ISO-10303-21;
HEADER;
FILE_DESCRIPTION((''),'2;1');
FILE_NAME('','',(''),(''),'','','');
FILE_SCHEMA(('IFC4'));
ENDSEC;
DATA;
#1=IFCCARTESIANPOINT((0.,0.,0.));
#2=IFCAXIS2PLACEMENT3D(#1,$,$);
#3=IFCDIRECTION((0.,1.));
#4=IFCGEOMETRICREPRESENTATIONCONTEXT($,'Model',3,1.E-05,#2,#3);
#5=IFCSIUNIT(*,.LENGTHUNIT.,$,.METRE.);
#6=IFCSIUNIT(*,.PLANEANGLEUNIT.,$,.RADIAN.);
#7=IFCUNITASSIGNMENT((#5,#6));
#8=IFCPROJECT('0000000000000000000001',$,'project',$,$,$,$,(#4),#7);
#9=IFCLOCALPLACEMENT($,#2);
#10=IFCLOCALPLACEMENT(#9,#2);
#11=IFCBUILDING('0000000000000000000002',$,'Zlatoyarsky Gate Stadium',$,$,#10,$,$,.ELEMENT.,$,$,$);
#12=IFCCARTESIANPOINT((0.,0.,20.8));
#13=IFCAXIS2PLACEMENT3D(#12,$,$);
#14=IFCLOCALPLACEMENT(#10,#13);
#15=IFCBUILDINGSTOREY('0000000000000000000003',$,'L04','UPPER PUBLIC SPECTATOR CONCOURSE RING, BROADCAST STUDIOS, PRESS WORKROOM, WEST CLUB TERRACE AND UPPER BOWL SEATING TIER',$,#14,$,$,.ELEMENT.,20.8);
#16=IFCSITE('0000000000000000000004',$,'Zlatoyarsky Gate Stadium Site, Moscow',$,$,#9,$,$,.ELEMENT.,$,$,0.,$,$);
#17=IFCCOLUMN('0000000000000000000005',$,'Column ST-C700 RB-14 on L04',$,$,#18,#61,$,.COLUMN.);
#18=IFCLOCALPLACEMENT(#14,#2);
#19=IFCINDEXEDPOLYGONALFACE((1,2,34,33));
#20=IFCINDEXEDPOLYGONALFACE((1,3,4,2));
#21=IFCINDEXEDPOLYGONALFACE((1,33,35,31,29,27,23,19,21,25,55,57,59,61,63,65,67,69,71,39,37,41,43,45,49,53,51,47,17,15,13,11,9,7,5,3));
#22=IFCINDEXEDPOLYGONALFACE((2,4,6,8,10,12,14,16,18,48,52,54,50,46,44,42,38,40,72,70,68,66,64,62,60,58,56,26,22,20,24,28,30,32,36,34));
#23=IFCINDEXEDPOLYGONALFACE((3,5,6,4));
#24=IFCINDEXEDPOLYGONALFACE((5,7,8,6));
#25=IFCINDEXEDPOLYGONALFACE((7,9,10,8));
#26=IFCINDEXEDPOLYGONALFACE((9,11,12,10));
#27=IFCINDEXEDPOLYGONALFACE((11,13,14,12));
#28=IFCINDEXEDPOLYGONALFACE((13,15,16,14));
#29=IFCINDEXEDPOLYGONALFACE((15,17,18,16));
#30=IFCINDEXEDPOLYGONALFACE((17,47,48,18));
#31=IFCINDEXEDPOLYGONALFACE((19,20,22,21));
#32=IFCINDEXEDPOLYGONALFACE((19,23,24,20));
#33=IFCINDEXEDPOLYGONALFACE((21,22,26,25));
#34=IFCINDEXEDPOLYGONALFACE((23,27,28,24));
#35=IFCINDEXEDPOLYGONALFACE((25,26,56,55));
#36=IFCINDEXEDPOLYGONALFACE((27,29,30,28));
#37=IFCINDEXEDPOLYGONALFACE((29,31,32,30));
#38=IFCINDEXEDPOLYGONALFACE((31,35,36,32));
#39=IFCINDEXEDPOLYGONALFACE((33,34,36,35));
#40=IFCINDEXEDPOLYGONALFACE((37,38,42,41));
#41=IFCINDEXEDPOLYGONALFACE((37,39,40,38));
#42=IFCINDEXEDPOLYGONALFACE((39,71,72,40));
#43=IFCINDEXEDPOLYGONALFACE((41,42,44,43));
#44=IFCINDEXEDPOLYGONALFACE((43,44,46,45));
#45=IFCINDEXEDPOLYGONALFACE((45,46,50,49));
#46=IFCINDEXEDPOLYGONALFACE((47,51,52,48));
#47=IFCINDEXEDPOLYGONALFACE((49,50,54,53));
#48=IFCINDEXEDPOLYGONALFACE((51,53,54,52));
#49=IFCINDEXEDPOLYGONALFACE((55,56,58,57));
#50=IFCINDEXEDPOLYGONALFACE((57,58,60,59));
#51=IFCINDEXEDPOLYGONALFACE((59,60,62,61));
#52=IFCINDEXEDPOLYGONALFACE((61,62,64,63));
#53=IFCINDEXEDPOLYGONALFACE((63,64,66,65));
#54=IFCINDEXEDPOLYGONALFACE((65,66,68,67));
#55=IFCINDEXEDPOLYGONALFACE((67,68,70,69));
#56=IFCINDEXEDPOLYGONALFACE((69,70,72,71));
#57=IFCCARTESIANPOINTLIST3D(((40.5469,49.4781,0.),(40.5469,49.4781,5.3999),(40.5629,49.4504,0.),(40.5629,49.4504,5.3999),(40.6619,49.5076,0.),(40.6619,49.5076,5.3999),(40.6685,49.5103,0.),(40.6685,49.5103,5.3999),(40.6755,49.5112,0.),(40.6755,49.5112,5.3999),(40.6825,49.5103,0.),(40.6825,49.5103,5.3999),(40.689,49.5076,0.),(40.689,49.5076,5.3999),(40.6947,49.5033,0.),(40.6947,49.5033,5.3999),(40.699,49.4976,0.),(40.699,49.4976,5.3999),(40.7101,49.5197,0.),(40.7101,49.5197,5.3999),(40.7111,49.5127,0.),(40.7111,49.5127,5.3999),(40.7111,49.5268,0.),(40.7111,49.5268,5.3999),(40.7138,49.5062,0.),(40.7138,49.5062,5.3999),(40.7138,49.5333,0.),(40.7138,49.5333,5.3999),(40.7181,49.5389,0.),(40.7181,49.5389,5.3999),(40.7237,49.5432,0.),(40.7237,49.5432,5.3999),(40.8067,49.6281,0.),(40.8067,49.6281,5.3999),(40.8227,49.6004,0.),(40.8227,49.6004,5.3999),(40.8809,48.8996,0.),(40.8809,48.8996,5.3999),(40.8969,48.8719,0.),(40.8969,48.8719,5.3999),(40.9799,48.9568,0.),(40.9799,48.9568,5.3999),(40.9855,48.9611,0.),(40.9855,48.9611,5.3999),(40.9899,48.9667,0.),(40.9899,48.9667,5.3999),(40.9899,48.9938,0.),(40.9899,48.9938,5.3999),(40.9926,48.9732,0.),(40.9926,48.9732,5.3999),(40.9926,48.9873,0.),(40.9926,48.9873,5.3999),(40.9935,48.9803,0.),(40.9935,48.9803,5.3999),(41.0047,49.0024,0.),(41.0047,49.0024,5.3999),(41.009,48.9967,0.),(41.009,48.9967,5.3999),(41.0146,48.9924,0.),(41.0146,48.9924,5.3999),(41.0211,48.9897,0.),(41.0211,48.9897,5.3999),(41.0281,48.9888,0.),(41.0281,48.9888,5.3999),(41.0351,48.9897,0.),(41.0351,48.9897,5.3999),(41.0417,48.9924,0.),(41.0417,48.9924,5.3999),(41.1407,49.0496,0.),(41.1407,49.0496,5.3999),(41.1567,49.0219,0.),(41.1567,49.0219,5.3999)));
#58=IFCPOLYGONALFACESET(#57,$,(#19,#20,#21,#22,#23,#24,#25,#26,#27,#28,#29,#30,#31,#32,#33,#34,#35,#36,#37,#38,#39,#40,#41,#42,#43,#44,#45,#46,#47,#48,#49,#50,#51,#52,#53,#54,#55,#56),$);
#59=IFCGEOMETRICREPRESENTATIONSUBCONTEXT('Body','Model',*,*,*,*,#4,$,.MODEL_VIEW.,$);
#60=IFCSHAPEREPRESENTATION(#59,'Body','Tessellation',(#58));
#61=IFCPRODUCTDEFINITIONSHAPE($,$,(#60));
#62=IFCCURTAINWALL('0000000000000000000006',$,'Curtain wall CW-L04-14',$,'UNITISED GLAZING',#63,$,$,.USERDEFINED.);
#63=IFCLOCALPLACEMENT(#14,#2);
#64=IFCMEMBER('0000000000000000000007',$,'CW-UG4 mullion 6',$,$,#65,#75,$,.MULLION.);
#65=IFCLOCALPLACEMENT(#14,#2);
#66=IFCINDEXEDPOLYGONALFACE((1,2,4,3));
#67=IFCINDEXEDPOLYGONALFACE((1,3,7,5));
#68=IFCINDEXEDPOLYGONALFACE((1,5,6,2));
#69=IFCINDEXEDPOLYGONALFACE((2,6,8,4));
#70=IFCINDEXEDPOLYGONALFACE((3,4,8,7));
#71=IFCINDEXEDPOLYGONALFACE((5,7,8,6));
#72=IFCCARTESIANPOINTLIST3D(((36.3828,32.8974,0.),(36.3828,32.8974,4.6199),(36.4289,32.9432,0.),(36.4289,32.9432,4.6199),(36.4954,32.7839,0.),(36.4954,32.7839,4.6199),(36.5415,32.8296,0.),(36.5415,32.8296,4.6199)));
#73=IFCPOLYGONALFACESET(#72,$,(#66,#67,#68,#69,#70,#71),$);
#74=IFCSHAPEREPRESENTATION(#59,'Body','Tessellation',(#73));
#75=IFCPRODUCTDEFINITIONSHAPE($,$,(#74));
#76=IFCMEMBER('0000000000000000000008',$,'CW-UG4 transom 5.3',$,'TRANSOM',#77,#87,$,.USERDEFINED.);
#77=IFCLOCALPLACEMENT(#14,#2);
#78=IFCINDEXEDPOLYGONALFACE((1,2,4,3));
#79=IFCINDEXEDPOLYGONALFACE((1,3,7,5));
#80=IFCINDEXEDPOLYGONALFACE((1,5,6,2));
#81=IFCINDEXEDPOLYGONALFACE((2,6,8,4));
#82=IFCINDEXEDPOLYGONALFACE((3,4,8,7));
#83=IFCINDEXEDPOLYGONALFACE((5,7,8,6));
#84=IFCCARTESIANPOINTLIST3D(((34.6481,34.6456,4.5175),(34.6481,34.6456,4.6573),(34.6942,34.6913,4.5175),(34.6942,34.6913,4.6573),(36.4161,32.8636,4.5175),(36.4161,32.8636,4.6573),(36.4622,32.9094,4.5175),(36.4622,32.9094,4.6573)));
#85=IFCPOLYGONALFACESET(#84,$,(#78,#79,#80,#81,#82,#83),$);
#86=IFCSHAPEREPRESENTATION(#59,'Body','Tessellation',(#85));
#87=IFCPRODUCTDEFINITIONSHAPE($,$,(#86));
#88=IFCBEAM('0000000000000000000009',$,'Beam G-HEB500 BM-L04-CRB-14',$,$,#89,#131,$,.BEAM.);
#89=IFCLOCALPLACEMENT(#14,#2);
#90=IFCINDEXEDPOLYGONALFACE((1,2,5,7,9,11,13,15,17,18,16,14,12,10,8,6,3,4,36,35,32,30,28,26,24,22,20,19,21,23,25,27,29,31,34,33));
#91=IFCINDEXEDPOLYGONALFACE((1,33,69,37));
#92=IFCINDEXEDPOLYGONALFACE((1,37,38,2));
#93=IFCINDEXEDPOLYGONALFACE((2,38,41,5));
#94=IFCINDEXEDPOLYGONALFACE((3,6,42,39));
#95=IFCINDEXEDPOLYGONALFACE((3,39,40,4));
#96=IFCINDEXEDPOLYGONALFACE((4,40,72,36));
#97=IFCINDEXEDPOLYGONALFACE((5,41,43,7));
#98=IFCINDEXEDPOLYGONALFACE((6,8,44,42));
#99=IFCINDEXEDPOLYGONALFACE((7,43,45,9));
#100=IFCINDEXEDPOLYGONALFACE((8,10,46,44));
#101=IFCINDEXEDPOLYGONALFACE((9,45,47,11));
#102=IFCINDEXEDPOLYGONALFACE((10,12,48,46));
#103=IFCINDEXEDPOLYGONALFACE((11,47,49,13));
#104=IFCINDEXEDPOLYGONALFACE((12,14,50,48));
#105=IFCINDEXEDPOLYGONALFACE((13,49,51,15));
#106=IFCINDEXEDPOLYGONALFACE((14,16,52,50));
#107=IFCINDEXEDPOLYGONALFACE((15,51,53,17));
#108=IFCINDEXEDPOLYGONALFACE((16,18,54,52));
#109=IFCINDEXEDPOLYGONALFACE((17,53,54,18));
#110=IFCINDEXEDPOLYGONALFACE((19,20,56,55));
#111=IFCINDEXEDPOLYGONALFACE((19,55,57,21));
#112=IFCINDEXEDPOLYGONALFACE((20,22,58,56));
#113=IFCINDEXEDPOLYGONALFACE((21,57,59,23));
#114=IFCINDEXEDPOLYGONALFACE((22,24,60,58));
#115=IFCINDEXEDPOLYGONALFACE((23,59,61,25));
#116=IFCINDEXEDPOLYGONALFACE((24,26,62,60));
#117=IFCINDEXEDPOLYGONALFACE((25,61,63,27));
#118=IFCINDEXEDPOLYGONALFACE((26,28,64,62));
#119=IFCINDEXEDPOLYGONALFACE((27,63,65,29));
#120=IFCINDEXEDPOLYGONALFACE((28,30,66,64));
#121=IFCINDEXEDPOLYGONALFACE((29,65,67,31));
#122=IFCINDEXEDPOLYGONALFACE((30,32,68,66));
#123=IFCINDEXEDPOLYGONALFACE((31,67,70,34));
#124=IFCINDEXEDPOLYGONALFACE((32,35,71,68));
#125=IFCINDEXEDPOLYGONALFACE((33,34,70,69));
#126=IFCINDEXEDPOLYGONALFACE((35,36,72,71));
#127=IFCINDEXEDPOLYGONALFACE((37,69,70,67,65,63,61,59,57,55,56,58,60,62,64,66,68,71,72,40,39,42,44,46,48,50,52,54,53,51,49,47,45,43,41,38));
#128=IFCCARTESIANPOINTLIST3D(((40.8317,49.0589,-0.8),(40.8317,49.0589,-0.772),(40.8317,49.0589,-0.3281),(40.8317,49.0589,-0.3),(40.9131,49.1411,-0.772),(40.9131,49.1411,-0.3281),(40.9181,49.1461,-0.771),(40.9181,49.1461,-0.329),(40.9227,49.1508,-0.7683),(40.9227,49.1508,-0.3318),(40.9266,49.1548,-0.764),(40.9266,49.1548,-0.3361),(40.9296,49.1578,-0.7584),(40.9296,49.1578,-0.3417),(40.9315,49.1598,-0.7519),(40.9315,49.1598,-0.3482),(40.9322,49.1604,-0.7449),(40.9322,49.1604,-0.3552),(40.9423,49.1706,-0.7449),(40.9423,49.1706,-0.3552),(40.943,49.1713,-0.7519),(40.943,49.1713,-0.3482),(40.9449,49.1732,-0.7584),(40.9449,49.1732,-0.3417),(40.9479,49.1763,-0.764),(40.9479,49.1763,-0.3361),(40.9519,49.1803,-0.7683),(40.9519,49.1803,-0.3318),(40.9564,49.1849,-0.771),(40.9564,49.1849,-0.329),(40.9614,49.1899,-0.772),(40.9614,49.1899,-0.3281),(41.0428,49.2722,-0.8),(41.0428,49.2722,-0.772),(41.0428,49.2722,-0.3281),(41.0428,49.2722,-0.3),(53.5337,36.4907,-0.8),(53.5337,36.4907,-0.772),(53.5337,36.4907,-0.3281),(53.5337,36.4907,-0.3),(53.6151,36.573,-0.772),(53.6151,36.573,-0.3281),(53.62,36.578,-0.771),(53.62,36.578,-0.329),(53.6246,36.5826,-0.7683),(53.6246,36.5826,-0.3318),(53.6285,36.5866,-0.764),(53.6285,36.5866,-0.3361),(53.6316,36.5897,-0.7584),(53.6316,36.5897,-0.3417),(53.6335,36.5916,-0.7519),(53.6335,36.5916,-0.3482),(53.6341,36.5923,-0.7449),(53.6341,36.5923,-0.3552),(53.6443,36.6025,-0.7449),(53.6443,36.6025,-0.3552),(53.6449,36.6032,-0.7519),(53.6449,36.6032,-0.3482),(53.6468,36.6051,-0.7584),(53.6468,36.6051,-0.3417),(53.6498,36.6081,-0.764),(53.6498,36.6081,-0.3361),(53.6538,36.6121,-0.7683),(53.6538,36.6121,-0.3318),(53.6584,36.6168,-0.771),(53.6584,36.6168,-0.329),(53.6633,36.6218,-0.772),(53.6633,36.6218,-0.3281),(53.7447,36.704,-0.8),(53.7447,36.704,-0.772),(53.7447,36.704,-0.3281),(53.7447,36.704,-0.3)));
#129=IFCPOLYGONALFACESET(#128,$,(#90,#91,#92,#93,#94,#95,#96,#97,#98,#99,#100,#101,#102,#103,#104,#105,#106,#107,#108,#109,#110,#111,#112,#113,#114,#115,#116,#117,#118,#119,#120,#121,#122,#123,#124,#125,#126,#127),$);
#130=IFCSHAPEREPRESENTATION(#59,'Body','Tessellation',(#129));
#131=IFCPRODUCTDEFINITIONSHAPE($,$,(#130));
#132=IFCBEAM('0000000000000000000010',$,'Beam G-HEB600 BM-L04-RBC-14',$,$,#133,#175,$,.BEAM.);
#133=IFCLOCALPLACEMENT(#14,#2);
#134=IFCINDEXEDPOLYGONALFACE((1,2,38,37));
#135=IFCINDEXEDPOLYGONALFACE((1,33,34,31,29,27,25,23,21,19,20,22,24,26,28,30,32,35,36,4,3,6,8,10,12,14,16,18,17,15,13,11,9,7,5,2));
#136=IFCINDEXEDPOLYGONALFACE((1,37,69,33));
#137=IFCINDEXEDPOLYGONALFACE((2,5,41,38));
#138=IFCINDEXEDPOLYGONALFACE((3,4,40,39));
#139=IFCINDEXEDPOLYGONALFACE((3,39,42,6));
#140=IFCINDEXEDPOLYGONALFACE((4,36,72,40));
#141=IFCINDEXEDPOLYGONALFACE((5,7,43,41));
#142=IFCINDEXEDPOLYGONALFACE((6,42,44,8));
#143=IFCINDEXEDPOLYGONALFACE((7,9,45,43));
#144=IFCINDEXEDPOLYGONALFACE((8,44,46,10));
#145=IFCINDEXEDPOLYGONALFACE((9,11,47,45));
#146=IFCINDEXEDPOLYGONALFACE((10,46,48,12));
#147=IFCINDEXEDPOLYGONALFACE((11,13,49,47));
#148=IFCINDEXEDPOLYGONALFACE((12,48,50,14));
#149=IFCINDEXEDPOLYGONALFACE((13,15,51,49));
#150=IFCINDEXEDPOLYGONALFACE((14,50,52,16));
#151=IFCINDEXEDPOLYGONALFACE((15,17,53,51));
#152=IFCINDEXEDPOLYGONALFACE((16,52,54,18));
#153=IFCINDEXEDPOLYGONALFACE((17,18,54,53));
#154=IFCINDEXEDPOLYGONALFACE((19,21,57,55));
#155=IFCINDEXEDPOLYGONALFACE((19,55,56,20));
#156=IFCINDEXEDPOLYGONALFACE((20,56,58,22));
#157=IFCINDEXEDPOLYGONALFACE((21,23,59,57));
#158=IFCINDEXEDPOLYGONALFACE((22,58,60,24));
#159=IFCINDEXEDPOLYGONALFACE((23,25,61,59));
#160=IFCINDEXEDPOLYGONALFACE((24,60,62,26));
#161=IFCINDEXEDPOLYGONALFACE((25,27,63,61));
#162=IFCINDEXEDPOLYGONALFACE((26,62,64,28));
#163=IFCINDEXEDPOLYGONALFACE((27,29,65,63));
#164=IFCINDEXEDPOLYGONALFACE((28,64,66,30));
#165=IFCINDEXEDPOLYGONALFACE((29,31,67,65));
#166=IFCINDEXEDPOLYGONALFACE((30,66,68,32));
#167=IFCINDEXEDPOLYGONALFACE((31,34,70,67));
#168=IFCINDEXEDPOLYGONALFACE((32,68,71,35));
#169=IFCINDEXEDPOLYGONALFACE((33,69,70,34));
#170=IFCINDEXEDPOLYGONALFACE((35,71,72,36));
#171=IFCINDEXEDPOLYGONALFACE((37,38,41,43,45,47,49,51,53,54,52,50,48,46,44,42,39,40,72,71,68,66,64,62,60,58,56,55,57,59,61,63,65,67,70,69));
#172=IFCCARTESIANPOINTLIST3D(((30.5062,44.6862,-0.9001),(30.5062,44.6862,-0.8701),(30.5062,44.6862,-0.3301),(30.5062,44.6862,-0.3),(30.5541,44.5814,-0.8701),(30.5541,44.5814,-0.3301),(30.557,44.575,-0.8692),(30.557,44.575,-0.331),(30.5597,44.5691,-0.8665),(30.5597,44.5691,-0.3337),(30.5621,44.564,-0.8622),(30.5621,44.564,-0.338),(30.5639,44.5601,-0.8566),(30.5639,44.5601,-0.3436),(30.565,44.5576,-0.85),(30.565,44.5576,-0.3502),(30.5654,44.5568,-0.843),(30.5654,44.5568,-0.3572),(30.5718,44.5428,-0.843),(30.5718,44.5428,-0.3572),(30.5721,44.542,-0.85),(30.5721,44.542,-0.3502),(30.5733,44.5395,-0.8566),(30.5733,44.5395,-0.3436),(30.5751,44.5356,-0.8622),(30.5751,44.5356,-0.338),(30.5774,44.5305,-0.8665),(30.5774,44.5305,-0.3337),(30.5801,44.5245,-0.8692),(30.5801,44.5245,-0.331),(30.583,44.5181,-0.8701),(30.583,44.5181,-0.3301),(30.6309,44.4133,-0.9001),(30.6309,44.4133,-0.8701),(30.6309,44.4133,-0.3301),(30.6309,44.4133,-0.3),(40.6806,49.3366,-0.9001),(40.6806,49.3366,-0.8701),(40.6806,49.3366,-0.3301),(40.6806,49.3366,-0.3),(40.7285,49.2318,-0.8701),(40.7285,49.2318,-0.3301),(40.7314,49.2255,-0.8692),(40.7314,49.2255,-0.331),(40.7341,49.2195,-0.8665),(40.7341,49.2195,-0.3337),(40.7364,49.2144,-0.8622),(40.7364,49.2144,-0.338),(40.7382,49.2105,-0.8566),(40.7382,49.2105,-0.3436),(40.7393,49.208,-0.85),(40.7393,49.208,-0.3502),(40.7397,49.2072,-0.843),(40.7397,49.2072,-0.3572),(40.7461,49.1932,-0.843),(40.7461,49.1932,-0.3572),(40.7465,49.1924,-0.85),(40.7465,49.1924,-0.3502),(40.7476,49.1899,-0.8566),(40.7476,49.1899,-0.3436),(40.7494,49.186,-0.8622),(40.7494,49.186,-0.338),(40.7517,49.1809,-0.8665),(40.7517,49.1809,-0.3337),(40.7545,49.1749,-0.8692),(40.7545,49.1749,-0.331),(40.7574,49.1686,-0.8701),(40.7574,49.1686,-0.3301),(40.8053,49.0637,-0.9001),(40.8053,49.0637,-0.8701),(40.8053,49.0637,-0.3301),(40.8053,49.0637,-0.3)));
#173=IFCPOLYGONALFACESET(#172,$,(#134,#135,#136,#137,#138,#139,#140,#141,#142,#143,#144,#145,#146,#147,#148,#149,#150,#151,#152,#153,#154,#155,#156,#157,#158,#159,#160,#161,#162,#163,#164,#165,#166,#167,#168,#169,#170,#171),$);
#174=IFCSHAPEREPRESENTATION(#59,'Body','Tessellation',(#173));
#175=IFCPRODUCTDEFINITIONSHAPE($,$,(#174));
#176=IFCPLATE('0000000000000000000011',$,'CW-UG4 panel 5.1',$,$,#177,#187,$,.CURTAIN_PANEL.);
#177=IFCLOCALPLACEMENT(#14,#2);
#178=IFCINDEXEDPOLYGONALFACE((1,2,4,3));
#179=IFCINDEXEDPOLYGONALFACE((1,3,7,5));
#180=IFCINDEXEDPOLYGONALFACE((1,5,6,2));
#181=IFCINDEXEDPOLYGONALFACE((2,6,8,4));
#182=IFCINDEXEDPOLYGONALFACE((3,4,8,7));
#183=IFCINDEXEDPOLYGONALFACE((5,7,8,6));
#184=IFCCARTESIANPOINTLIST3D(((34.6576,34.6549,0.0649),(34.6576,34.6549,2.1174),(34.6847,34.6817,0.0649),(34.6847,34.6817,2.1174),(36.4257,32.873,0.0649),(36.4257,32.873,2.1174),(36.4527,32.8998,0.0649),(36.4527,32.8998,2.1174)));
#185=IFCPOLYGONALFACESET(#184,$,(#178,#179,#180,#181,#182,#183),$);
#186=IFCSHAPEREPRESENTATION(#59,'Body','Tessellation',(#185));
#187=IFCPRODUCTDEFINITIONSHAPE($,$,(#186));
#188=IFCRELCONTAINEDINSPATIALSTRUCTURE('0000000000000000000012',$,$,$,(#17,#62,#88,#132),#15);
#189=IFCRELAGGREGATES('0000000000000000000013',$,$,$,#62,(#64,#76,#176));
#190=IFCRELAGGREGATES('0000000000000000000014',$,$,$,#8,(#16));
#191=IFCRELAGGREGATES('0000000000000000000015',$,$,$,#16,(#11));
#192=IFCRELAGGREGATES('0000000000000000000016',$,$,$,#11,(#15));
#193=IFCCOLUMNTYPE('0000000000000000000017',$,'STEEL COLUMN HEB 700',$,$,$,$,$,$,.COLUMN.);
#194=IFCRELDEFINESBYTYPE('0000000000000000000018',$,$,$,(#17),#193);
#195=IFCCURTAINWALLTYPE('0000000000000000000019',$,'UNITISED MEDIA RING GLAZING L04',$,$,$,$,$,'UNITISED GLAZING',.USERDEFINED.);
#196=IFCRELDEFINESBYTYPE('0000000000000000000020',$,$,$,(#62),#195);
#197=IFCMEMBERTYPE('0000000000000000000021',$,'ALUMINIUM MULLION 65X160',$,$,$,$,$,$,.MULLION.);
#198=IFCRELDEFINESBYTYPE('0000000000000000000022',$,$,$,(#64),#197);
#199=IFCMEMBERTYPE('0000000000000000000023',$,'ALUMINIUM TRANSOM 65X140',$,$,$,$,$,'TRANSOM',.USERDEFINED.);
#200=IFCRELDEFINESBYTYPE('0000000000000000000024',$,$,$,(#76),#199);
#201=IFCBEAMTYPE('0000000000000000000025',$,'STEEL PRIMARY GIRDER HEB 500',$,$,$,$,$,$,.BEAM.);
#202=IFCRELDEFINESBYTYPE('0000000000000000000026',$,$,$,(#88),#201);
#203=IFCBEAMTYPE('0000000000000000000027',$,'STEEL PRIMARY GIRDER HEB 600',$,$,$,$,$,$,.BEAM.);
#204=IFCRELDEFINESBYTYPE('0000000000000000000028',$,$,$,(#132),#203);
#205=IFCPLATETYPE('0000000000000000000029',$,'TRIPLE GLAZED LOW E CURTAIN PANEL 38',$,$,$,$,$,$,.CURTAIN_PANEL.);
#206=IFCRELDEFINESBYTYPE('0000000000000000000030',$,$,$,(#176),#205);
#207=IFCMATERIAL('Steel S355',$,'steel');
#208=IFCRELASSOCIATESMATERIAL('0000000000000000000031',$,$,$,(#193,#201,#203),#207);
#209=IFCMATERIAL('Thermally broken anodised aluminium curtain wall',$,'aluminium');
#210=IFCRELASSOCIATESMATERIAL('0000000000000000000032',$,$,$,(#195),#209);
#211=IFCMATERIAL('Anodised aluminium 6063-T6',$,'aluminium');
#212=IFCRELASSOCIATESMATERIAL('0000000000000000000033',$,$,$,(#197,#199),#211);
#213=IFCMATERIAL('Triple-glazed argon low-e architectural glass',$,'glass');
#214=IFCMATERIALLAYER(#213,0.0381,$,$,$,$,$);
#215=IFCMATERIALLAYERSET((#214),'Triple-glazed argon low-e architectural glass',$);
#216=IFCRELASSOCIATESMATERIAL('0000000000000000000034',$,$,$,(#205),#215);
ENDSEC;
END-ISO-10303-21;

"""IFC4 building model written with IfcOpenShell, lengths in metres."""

from ifc_helpers import new_model, si_unit, direction, frame, origin, origin_2d, place, context, subcontext, project, spatial, rectangle, i_section, extrude, material, layer, layer_set, material_profile, profile_set, type_object, element, aggregate, save


model = new_model("IFC4")

# Units and contexts
model_context = context("Model", 3, precision=1e-05, world=origin(), true_north=direction((0.0, 1.0)))
body_context = subcontext(model_context, "Body", "Model", "MODEL_VIEW")
ifc_project = project(units=[si_unit("LENGTHUNIT", "METRE"), si_unit("PLANEANGLEUNIT", "RADIAN")], contexts=[model_context])

# Site, building, storey
site_placement = place(None, origin())
site = spatial("IfcSite", under=ifc_project, at=site_placement, Name="Zlatoyarsky Gate Stadium Site, Moscow", CompositionType="ELEMENT", RefElevation=0.0)
building_placement = place(site_placement, origin())
building = spatial("IfcBuilding", under=site, at=building_placement, Name="Zlatoyarsky Gate Stadium", CompositionType="ELEMENT")
storey_placement = place(building_placement, frame((0.0, 0.0, 20.8)))
storey = spatial("IfcBuildingStorey", under=building, at=storey_placement, Name="L04", Description="UPPER PUBLIC SPECTATOR CONCOURSE RING, BROADCAST STUDIOS, PRESS WORKROOM, WEST CLUB TERRACE AND UPPER BOWL SEATING TIER", CompositionType="ELEMENT", Elevation=20.8)

# Column
ifc_material_1 = material(Name="Steel S355", Category="steel")
ifc_material_profile_1 = material_profile(ifc_material_1, i_section(OverallWidth=0.3, OverallDepth=0.7, WebThickness=0.0171, FlangeThickness=0.032, FilletRadius=0.0271, at=origin_2d()), Name="HEB 700")
ifc_profile_set_1 = profile_set([ifc_material_profile_1], Name="Steel S355")
column_type = type_object("IfcColumnType", Name="STEEL COLUMN HEB 700", PredefinedType="COLUMN", material=ifc_profile_set_1)
column_placement = place(storey_placement, frame((40.8518, 49.25, 0.0), z_axis=(0.0, 0.0, 1.0), x_axis=(-0.866025, -0.5, 0.0)))
element("IfcColumn", 1, at=column_placement, inside=storey, type_object=column_type, Name="Column ST-C700 RB-14 on L04", PredefinedType="COLUMN", context=body_context, shape_type="SweptSolid", body=[
    extrude(i_section(OverallWidth=0.3, OverallDepth=0.7, WebThickness=0.0171, FlangeThickness=0.032, FilletRadius=0.0271, at=origin_2d()), origin(), (0.0, 0.0, 1.0), 5.3999),
])

# Curtain wall, members
ifc_material_2 = material(Name="Thermally broken anodised aluminium curtain wall", Category="aluminium")
curtain_wall_type = type_object("IfcCurtainWallType", Name="UNITISED MEDIA RING GLAZING L04", ElementType="UNITISED GLAZING", PredefinedType="USERDEFINED", material=ifc_material_2)
curtain_wall_placement = place(storey_placement, origin())
curtain_wall = element("IfcCurtainWall", 2, at=curtain_wall_placement, inside=storey, type_object=curtain_wall_type, Name="Curtain wall CW-L04-14", ObjectType="UNITISED GLAZING", PredefinedType="USERDEFINED")
ifc_material_3 = material(Name="Anodised aluminium 6063-T6", Category="aluminium")
ifc_material_profile_2 = material_profile(ifc_material_3, rectangle(XDim=0.0649, YDim=0.1599, at=origin_2d()), Name="ALU 65X160")
ifc_profile_set_2 = profile_set([ifc_material_profile_2], Name="Anodised aluminium 6063-T6")
member_type_1 = type_object("IfcMemberType", Name="ALUMINIUM MULLION 65X160", PredefinedType="MULLION", material=ifc_profile_set_2)
member_1_placement = place(storey_placement, frame((36.4622, 32.8635, 0.0), z_axis=(0.0, 0.0, 1.0), x_axis=(0.709871, 0.704332, 0.0)))
member_1 = element("IfcMember", 3, at=member_1_placement, type_object=member_type_1, Name="CW-UG4 mullion 6", PredefinedType="MULLION", context=body_context, shape_type="SweptSolid", body=[
    extrude(rectangle(XDim=0.0649, YDim=0.1599, at=origin_2d()), origin(), (0.0, 0.0, 1.0), 4.6199),
])
ifc_material_profile_3 = material_profile(ifc_material_3, rectangle(XDim=0.0649, YDim=0.1399, at=origin_2d()), Name="ALU 65X140")
ifc_profile_set_3 = profile_set([ifc_material_profile_3], Name="Anodised aluminium 6063-T6")
member_type_2 = type_object("IfcMemberType", Name="ALUMINIUM TRANSOM 65X140", ElementType="TRANSOM", PredefinedType="USERDEFINED", material=ifc_profile_set_3)
member_2_placement = place(storey_placement, frame((34.6711, 34.6685, 4.5874), z_axis=(0.70433, -0.709873, 0.0), x_axis=(0.709873, 0.70433, 0.0)))
member_2 = element("IfcMember", 4, at=member_2_placement, type_object=member_type_2, Name="CW-UG4 transom 5.3", ObjectType="TRANSOM", PredefinedType="USERDEFINED", context=body_context, shape_type="SweptSolid", body=[
    extrude(rectangle(XDim=0.0649, YDim=0.1399, at=origin_2d()), origin(), (0.0, 0.0, 1.0), 2.5103),
])

# Beams
ifc_material_profile_4 = material_profile(ifc_material_1, i_section(OverallWidth=0.3, OverallDepth=0.5, WebThickness=0.0144, FlangeThickness=0.0281, FilletRadius=0.0271, at=origin_2d()), Name="HEB 500")
ifc_profile_set_4 = profile_set([ifc_material_profile_4], Name="Steel S355")
beam_type_1 = type_object("IfcBeamType", Name="STEEL PRIMARY GIRDER HEB 500", PredefinedType="BEAM", material=ifc_profile_set_4)
beam_1_placement = place(storey_placement, frame((40.9373, 49.1655, -0.55), z_axis=(0.710841, -0.703353, 0.0), x_axis=(0.703353, 0.710841, 0.0)))
element("IfcBeam", 5, at=beam_1_placement, inside=storey, type_object=beam_type_1, Name="Beam G-HEB500 BM-L04-CRB-14", PredefinedType="BEAM", context=body_context, shape_type="SweptSolid", body=[
    extrude(i_section(OverallWidth=0.3, OverallDepth=0.5, WebThickness=0.0144, FlangeThickness=0.0281, FilletRadius=0.0271, at=origin_2d()), origin(), (0.0, 0.0, 1.0), 17.8689),
])
ifc_material_profile_5 = material_profile(ifc_material_1, i_section(OverallWidth=0.3, OverallDepth=0.6001, WebThickness=0.0154, FlangeThickness=0.03, FilletRadius=0.0271, at=origin_2d()), Name="HEB 600")
ifc_profile_set_5 = profile_set([ifc_material_profile_5], Name="Steel S355")
beam_type_2 = type_object("IfcBeamType", Name="STEEL PRIMARY GIRDER HEB 600", PredefinedType="BEAM", material=ifc_profile_set_5)
beam_2_placement = place(storey_placement, frame((40.7429, 49.2002, -0.6001), z_axis=(-0.909499, -0.415706, 0.0), x_axis=(0.415706, -0.909499, 0.0)))
element("IfcBeam", 6, at=beam_2_placement, inside=storey, type_object=beam_type_2, Name="Beam G-HEB600 BM-L04-RBC-14", PredefinedType="BEAM", context=body_context, shape_type="SweptSolid", body=[
    extrude(i_section(OverallWidth=0.3, OverallDepth=0.6001, WebThickness=0.0154, FlangeThickness=0.03, FilletRadius=0.0271, at=origin_2d()), origin(), (0.0, 0.0, 1.0), 11.1868),
])

# Plate
ifc_material_4 = material(Name="Triple-glazed argon low-e architectural glass", Category="glass")
ifc_layer_1 = layer(ifc_material_4, 0.0381)
ifc_layer_set_1 = layer_set([ifc_layer_1], Name="Triple-glazed argon low-e architectural glass")
plate_type = type_object("IfcPlateType", Name="TRIPLE GLAZED LOW E CURTAIN PANEL 38", PredefinedType="CURTAIN_PANEL", material=ifc_layer_set_1)
plate_1_placement = place(storey_placement, frame((35.5552, 33.7773, 0.0649), z_axis=(0.0, 0.0, 1.0), x_axis=(0.704332, -0.709871, 0.0)))
plate_1 = element("IfcPlate", 7, at=plate_1_placement, type_object=plate_type, Name="CW-UG4 panel 5.1", PredefinedType="CURTAIN_PANEL", context=body_context, shape_type="SweptSolid", body=[
    extrude(rectangle(XDim=2.5103, YDim=0.0381, at=origin_2d()), origin(), (0.0, 0.0, 1.0), 2.0525),
])
aggregate(curtain_wall, [member_1, member_2, plate_1])

save(model, "model.ifc")
